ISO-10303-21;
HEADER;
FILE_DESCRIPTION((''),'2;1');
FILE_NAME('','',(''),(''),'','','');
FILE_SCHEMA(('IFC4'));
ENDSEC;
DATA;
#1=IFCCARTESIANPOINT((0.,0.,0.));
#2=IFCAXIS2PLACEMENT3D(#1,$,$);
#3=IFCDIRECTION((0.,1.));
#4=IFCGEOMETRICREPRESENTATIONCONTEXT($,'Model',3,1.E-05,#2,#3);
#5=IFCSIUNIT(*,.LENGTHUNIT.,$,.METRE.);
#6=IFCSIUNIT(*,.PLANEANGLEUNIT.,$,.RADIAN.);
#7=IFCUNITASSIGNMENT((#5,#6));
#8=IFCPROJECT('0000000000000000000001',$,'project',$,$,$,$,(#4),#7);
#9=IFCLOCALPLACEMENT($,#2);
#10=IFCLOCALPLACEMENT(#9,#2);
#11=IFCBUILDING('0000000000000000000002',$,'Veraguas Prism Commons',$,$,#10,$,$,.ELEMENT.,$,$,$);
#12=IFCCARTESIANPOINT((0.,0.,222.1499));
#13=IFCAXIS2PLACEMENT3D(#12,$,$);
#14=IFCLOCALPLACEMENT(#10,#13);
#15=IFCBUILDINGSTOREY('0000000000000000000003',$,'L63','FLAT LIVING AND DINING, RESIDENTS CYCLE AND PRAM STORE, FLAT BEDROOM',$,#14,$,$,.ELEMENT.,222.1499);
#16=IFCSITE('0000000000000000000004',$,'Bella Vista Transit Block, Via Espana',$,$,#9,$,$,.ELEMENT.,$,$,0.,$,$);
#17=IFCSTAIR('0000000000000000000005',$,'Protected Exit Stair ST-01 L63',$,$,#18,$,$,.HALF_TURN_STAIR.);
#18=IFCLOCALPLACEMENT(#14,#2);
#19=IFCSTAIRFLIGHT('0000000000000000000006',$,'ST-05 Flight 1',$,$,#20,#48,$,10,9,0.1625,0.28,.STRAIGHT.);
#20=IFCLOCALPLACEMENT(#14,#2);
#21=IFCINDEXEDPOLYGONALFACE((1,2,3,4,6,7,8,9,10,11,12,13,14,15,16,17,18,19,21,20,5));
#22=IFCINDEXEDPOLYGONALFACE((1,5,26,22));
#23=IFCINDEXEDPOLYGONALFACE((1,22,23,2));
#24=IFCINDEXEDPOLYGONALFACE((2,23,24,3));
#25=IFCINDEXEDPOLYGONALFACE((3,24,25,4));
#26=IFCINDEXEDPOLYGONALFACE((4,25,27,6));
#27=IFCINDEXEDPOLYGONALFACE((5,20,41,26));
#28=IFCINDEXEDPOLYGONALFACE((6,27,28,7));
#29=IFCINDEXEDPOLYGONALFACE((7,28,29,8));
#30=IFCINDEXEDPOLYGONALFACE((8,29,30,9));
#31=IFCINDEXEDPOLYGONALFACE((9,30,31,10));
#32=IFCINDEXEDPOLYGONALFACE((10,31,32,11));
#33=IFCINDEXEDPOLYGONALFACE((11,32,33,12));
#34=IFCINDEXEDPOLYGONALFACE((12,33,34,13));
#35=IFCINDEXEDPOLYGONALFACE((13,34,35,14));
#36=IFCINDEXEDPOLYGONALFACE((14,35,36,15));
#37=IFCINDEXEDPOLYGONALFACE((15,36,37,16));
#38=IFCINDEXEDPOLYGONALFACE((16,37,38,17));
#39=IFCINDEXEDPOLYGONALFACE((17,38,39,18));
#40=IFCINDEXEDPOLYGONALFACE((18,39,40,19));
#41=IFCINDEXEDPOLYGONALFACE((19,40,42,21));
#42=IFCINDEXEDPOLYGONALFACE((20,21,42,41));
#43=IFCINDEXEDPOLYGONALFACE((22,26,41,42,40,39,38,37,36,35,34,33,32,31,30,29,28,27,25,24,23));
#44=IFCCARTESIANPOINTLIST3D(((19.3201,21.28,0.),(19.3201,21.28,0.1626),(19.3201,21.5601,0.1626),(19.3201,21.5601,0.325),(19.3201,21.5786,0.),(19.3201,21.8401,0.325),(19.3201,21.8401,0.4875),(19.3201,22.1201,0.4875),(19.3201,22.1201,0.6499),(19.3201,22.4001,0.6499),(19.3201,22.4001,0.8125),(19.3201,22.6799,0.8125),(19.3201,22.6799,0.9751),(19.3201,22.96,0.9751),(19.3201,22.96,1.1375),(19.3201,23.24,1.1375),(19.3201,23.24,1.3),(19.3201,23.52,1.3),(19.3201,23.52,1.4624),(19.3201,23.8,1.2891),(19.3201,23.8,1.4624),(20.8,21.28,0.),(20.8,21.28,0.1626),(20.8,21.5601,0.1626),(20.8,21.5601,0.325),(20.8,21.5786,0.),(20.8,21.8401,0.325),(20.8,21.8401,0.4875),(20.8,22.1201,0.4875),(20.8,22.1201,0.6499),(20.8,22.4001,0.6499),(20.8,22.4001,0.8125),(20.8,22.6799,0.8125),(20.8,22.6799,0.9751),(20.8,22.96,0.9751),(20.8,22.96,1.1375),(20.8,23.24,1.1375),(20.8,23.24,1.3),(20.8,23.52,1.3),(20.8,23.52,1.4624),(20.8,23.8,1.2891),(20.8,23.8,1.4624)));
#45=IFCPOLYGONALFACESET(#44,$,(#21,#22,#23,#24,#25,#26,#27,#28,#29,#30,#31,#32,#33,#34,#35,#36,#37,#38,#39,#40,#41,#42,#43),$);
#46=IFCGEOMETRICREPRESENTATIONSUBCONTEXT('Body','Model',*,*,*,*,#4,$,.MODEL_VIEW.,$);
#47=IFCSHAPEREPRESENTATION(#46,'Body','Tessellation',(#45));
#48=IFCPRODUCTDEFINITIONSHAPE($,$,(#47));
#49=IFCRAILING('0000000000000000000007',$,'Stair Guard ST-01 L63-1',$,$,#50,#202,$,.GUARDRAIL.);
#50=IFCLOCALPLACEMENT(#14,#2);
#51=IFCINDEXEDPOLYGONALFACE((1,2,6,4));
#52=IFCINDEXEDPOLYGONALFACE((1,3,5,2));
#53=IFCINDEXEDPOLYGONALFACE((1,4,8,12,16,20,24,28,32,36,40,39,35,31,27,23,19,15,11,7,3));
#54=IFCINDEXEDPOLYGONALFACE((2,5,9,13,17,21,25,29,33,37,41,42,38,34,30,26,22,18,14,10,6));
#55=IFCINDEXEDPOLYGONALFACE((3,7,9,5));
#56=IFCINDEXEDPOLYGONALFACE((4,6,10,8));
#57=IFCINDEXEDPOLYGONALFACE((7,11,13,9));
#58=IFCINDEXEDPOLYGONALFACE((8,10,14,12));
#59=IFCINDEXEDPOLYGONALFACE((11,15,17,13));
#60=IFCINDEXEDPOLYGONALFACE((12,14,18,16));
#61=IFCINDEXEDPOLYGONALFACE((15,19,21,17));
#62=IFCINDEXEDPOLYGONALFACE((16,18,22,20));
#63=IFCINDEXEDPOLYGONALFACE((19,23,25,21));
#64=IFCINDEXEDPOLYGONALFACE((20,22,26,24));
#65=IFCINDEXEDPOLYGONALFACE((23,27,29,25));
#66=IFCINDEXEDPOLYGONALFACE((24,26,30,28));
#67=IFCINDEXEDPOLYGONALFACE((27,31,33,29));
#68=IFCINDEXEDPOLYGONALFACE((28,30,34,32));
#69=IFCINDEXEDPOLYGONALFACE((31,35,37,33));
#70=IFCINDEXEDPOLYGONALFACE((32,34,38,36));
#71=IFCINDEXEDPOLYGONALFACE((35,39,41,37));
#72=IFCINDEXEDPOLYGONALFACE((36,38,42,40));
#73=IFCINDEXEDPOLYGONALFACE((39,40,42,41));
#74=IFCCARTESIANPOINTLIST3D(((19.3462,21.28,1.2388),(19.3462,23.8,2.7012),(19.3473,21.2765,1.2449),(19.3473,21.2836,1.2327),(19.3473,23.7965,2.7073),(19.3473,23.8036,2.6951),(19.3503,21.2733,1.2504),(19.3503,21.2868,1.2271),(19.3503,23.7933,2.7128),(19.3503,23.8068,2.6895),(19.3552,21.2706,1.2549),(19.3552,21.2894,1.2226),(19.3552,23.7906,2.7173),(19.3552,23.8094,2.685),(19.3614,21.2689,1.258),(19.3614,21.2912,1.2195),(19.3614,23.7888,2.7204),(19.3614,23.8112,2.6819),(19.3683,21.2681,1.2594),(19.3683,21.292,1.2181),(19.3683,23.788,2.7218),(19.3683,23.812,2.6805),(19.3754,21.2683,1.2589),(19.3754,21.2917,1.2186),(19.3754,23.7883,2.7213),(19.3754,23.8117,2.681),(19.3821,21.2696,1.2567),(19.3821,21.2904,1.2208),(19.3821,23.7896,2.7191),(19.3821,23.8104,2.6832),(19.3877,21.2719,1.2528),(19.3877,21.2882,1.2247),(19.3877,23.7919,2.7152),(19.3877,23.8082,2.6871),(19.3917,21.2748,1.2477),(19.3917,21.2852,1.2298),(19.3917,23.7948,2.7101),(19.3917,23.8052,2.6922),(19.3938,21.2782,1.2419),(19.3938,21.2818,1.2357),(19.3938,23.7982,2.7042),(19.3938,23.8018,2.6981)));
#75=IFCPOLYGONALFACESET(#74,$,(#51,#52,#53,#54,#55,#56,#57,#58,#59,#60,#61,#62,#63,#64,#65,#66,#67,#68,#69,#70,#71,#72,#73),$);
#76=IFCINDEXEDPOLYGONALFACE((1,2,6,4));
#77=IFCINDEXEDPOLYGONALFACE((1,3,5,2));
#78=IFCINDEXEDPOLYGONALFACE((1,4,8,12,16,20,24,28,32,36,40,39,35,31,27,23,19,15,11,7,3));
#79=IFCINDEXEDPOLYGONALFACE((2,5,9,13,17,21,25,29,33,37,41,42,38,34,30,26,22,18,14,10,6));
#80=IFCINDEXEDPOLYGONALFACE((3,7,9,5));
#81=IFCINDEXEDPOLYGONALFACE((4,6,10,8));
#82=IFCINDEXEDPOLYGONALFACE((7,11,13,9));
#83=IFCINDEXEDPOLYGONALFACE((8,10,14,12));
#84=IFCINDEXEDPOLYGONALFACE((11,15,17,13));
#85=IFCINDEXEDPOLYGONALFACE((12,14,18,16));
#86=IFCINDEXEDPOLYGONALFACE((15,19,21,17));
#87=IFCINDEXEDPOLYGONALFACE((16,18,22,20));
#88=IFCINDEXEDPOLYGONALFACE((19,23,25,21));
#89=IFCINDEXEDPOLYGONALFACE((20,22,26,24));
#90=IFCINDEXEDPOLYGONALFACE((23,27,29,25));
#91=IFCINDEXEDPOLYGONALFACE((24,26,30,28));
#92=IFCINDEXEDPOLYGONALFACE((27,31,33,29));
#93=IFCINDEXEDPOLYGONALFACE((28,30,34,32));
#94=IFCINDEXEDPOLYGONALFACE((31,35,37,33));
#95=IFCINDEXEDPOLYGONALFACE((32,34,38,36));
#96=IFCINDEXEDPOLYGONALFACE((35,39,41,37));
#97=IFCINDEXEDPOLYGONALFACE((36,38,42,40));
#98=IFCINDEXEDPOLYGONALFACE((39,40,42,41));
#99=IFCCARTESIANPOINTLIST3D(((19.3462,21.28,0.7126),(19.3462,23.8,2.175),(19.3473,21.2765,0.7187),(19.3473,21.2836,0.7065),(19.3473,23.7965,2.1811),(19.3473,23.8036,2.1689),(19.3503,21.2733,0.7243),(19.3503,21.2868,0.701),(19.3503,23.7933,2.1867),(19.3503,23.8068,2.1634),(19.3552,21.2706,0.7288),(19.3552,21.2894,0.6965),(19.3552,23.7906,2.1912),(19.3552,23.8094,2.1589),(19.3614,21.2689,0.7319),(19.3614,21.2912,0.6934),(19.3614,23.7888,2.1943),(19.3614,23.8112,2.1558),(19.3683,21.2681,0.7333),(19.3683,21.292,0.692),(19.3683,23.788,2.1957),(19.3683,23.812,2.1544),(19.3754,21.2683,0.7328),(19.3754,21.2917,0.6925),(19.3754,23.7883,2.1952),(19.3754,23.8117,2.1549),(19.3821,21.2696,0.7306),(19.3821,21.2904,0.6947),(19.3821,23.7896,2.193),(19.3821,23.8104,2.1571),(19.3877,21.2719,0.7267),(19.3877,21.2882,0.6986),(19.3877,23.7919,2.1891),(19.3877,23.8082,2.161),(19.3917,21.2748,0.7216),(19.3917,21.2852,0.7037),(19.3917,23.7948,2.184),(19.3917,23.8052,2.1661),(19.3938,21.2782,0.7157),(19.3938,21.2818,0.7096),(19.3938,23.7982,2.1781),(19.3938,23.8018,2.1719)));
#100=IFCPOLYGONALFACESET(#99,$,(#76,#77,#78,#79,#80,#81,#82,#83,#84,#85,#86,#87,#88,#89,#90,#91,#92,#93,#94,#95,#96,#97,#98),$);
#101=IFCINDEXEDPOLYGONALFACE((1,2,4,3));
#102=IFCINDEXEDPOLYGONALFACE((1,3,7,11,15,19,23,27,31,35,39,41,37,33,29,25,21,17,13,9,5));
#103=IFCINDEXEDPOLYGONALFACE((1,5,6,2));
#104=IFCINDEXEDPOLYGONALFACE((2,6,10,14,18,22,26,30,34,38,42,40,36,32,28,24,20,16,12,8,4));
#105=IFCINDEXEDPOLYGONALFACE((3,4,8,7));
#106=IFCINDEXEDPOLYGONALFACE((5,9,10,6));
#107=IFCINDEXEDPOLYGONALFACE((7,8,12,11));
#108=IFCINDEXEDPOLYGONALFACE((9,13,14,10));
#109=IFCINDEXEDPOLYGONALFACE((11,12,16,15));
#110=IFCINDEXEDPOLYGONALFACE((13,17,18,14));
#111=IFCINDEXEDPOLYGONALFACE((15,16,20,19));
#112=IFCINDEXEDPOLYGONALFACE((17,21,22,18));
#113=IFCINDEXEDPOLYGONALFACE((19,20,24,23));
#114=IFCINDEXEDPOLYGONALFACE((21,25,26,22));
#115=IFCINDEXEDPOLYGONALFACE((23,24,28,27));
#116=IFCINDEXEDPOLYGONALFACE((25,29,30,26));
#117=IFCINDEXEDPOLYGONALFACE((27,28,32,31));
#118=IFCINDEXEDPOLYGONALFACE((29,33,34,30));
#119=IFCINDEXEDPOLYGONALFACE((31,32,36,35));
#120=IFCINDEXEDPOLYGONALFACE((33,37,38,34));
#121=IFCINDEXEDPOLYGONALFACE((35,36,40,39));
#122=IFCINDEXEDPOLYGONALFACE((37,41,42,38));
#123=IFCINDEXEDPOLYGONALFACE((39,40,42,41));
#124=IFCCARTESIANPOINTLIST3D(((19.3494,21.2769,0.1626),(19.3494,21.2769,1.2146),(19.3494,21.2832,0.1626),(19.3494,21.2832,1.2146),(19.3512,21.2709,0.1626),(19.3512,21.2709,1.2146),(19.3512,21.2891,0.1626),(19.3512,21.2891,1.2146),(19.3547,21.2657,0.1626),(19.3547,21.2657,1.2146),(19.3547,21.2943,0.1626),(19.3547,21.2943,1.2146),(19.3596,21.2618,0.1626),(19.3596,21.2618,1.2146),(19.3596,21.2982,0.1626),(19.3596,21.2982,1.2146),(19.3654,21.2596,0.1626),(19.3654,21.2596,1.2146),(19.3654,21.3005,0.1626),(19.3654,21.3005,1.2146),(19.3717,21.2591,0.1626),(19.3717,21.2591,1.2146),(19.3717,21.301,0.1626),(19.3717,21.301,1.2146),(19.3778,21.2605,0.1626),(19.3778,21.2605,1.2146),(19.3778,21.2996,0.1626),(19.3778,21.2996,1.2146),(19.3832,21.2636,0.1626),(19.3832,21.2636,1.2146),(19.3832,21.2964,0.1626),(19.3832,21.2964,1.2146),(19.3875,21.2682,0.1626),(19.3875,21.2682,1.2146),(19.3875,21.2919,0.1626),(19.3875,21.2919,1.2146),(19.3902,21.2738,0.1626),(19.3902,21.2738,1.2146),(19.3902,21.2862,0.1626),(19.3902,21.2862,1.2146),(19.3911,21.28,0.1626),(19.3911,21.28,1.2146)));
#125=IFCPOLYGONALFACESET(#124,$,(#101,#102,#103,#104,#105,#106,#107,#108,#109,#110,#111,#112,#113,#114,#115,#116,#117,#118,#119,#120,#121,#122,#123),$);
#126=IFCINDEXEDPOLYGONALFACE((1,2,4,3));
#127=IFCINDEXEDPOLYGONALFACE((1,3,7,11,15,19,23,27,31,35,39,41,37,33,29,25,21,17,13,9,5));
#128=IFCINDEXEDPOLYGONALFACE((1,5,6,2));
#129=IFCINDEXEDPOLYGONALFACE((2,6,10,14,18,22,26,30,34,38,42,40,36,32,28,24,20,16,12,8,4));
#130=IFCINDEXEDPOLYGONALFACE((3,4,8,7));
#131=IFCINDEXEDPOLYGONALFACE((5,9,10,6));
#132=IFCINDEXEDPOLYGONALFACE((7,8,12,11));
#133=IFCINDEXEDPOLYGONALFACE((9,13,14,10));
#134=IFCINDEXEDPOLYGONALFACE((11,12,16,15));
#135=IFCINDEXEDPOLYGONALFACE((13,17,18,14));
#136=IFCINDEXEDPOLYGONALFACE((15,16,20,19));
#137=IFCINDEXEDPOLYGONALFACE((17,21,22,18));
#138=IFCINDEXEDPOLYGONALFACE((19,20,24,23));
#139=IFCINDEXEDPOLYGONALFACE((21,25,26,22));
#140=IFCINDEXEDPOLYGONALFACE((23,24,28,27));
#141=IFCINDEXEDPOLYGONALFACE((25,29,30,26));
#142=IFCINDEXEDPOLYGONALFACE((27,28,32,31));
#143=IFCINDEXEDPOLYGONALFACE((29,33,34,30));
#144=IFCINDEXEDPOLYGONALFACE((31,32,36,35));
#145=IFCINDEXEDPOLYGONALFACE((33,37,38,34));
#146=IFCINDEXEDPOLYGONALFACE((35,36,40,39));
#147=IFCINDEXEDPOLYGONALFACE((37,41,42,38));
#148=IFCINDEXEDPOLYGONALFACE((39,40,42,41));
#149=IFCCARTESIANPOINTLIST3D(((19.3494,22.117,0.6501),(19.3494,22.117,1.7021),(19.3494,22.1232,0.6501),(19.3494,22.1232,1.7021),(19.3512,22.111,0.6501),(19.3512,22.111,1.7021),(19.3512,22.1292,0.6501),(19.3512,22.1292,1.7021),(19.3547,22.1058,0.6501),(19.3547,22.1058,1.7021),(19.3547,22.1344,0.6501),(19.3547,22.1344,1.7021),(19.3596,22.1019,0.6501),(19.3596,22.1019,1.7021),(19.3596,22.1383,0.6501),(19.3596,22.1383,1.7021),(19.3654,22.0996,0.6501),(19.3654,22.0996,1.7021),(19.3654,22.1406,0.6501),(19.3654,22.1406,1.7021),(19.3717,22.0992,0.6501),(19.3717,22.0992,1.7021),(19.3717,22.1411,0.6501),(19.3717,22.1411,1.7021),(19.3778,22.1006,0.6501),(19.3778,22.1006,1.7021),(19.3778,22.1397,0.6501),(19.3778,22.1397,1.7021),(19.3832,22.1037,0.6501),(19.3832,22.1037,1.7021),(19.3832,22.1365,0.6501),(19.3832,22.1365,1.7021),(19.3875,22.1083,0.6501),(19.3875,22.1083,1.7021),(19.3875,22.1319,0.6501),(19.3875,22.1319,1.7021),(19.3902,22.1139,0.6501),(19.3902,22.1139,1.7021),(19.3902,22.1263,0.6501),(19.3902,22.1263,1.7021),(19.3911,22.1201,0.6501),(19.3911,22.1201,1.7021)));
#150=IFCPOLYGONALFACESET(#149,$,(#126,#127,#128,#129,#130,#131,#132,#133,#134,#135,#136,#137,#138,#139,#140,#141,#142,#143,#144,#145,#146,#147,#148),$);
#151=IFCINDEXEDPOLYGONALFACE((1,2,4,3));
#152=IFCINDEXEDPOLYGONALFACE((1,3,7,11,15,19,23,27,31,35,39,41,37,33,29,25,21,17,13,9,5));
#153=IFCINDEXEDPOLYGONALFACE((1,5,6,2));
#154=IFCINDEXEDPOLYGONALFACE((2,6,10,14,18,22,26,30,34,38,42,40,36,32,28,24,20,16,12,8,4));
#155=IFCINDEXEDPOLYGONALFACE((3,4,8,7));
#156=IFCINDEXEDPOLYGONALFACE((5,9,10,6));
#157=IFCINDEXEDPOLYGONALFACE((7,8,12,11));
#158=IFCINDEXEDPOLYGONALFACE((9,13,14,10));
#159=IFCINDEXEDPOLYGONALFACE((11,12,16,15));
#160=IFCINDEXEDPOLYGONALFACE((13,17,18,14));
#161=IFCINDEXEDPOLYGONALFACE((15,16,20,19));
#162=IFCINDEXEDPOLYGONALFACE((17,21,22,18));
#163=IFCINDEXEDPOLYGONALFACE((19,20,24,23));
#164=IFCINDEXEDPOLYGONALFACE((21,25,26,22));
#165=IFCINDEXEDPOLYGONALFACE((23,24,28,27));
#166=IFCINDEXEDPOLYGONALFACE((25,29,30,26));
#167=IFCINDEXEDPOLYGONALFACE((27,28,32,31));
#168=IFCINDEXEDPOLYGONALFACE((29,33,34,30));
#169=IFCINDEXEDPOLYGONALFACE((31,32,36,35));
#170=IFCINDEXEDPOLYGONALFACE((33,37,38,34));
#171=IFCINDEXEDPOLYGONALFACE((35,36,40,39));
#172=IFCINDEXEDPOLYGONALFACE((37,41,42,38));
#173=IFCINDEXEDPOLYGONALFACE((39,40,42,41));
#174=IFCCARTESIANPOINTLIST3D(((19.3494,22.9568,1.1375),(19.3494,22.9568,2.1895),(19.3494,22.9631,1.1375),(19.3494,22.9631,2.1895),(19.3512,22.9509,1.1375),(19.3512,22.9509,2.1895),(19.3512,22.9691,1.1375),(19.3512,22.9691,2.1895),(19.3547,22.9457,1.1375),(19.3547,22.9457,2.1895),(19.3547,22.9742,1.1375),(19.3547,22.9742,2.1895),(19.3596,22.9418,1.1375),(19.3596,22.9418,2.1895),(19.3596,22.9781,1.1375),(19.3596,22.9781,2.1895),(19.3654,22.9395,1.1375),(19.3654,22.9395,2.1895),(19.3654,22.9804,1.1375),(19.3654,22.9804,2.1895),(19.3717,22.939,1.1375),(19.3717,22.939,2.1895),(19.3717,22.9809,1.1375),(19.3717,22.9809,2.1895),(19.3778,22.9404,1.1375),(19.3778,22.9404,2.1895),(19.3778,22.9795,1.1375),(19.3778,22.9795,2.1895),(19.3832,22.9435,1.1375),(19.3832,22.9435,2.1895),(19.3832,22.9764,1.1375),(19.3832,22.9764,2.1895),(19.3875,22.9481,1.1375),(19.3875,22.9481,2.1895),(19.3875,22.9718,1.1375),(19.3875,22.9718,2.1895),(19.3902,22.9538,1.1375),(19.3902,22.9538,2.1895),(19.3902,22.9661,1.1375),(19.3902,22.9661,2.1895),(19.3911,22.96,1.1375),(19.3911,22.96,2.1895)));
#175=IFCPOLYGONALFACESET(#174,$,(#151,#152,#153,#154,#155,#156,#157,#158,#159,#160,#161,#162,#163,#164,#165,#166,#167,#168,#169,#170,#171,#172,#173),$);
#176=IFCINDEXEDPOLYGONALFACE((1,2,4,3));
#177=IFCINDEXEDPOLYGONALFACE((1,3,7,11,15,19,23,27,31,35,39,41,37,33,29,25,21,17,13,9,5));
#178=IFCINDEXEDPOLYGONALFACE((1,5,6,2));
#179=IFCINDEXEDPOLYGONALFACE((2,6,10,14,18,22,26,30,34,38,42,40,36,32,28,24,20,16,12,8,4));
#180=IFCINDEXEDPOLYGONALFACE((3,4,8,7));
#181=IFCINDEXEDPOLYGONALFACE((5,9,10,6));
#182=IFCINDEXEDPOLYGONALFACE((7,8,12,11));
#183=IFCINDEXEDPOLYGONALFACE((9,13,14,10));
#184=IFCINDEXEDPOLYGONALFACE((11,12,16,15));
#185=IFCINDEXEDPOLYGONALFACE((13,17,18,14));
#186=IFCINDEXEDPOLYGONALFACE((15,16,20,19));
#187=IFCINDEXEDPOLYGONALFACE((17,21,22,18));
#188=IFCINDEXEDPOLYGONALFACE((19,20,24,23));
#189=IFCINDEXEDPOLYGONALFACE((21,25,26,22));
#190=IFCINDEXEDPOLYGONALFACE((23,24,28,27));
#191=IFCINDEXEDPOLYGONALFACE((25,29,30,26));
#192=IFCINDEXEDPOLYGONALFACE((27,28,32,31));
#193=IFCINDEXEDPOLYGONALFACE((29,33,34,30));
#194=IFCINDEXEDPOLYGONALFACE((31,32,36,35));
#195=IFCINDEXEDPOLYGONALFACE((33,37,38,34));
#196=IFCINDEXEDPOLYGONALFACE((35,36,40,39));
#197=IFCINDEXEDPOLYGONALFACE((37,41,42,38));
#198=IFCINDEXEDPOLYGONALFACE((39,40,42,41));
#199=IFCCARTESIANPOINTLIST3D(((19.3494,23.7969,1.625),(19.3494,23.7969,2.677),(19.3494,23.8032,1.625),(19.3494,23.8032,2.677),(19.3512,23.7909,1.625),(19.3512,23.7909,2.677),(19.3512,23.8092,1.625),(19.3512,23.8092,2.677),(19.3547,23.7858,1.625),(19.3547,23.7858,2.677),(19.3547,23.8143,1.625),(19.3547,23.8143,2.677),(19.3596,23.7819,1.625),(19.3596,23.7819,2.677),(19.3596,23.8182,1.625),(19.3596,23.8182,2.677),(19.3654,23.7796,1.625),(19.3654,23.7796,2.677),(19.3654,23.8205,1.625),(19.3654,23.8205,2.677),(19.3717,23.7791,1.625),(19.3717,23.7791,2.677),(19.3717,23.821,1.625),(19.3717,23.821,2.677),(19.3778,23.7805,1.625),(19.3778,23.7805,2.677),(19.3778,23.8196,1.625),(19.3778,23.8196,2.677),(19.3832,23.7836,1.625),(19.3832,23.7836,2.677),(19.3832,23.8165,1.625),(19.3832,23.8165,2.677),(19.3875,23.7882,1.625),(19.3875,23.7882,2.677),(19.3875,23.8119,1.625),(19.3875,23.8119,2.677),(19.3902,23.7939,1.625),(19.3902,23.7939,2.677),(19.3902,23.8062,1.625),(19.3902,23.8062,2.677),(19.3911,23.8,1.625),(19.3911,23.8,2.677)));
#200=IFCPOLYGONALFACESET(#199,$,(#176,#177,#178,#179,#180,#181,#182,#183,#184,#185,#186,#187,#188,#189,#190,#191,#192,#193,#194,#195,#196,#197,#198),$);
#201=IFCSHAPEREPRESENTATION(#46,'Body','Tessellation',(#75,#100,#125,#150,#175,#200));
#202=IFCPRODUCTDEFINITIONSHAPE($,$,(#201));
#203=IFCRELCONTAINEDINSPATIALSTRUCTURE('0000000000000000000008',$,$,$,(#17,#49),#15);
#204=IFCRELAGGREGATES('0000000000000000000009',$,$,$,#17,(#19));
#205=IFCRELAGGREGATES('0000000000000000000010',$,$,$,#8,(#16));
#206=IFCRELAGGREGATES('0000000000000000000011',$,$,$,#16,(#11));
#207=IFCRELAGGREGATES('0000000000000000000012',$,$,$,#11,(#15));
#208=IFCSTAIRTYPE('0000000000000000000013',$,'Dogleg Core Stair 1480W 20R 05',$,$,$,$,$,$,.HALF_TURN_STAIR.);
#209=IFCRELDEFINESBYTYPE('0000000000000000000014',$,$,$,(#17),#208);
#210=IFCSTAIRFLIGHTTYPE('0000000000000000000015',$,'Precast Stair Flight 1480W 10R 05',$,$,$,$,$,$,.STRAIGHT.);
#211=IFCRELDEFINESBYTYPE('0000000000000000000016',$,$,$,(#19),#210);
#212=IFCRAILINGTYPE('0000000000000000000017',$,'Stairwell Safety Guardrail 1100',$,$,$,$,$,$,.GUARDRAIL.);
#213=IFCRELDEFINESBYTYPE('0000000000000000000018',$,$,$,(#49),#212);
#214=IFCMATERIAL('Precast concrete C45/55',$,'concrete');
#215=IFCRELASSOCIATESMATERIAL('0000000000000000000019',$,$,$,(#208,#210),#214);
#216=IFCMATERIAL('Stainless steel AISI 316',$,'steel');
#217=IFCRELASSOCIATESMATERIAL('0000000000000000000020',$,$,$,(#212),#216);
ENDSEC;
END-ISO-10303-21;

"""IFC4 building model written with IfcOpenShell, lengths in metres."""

from ifc_helpers import new_model, si_unit, direction, frame, origin, origin_2d, place, context, subcontext, project, spatial, polyline, circle, outline, extrude, material, type_object, element, aggregate, save


model = new_model("IFC4")

# Units and contexts
model_context = context("Model", 3, precision=1e-05, world=origin(), true_north=direction((0.0, 1.0)))
body_context = subcontext(model_context, "Body", "Model", "MODEL_VIEW")
ifc_project = project(units=[si_unit("LENGTHUNIT", "METRE"), si_unit("PLANEANGLEUNIT", "RADIAN")], contexts=[model_context])

# Site, building, storey
site_placement = place(None, origin())
site = spatial("IfcSite", under=ifc_project, at=site_placement, Name="Bella Vista Transit Block, Via Espana", CompositionType="ELEMENT", RefElevation=0.0)
building_placement = place(site_placement, origin())
building = spatial("IfcBuilding", under=site, at=building_placement, Name="Veraguas Prism Commons", CompositionType="ELEMENT")
storey_placement = place(building_placement, frame((0.0, 0.0, 222.1499)))
storey = spatial("IfcBuildingStorey", under=building, at=storey_placement, Name="L63", Description="FLAT LIVING AND DINING, RESIDENTS CYCLE AND PRAM STORE, FLAT BEDROOM", CompositionType="ELEMENT", Elevation=222.1499)

# Stair, stair flight
ifc_material_1 = material(Name="Precast concrete C45/55", Category="concrete")
stair_type = type_object("IfcStairType", Name="Dogleg Core Stair 1480W 20R 05", PredefinedType="HALF_TURN_STAIR", material=ifc_material_1)
stair_placement = place(storey_placement, origin())
stair = element("IfcStair", 1, at=stair_placement, inside=storey, type_object=stair_type, Name="Protected Exit Stair ST-01 L63", PredefinedType="HALF_TURN_STAIR")
stair_flight_type = type_object("IfcStairFlightType", Name="Precast Stair Flight 1480W 10R 05", PredefinedType="STRAIGHT", material=ifc_material_1)
stair_flight_placement = place(storey_placement, frame((20.0601, 21.28, 0.0), z_axis=(0.0, 0.0, 1.0), x_axis=(0.0, 1.0, 0.0)))
stair_flight = element("IfcStairFlight", 2, at=stair_flight_placement, type_object=stair_flight_type, Name="ST-05 Flight 1", NumberOfRisers=10, NumberOfTreads=9, PredefinedType="STRAIGHT", RiserHeight=0.1625, TreadLength=0.28, context=body_context, shape_type="SweptSolid", body=[
    extrude(outline(polyline([(0.0, 0.0), (0.0, 0.1626), (0.28, 0.1626), (0.28, 0.325), (0.5601, 0.325), (0.5601, 0.4875), (0.8401, 0.4875), (0.8401, 0.6499), (1.1201, 0.6499), (1.1201, 0.8125), (1.3999, 0.8125), (1.3999, 0.9751), (1.6799, 0.9751), (1.6799, 1.1375), (1.96, 1.1375), (1.96, 1.3), (2.24, 1.3), (2.24, 1.4624), (2.52, 1.4624), (2.52, 1.625), (2.52, 1.2891), (0.2986, 0.0), (0.0, 0.0)])), frame((0.0, 0.74, 0.0), z_axis=(0.0, -1.0, 0.0), x_axis=(1.0, 0.0, 0.0)), (0.0, 0.0, 1.0), 1.48),
])
aggregate(stair, [stair_flight])

# Railing
ifc_material_2 = material(Name="Stainless steel AISI 316", Category="steel")
railing_type = type_object("IfcRailingType", Name="Stairwell Safety Guardrail 1100", PredefinedType="GUARDRAIL", material=ifc_material_2)
railing_1_placement = place(storey_placement, frame((19.3701, 21.28, 0.1626)))
element("IfcRailing", 3, at=railing_1_placement, inside=storey, type_object=railing_type, Name="Stair Guard ST-01 L63-1", PredefinedType="GUARDRAIL", context=body_context, shape_type="SweptSolid", body=[
    extrude(circle(Radius=0.0239, at=origin_2d()), frame((0.0, 0.0, 1.0762), z_axis=(0.0, 0.864913, 0.501921), x_axis=(-1.0, 0.0, 0.0)), (0.0, 0.0, 1.0), 2.9136),
    extrude(circle(Radius=0.0239, at=origin_2d()), frame((0.0, 0.0, 0.55), z_axis=(0.0, 0.864913, 0.501921), x_axis=(-1.0, 0.0, 0.0)), (0.0, 0.0, 1.0), 2.9136),
    extrude(circle(Radius=0.021, at=origin_2d()), origin(), (0.0, 0.0, 1.0), 1.052),
    extrude(circle(Radius=0.021, at=origin_2d()), frame((0.0, 0.8401, 0.4875)), (0.0, 0.0, 1.0), 1.052),
    extrude(circle(Radius=0.021, at=origin_2d()), frame((0.0, 1.6799, 0.9749)), (0.0, 0.0, 1.0), 1.052),
    extrude(circle(Radius=0.021, at=origin_2d()), frame((0.0, 2.52, 1.4624)), (0.0, 0.0, 1.0), 1.052),
])

save(model, "model.ifc")
